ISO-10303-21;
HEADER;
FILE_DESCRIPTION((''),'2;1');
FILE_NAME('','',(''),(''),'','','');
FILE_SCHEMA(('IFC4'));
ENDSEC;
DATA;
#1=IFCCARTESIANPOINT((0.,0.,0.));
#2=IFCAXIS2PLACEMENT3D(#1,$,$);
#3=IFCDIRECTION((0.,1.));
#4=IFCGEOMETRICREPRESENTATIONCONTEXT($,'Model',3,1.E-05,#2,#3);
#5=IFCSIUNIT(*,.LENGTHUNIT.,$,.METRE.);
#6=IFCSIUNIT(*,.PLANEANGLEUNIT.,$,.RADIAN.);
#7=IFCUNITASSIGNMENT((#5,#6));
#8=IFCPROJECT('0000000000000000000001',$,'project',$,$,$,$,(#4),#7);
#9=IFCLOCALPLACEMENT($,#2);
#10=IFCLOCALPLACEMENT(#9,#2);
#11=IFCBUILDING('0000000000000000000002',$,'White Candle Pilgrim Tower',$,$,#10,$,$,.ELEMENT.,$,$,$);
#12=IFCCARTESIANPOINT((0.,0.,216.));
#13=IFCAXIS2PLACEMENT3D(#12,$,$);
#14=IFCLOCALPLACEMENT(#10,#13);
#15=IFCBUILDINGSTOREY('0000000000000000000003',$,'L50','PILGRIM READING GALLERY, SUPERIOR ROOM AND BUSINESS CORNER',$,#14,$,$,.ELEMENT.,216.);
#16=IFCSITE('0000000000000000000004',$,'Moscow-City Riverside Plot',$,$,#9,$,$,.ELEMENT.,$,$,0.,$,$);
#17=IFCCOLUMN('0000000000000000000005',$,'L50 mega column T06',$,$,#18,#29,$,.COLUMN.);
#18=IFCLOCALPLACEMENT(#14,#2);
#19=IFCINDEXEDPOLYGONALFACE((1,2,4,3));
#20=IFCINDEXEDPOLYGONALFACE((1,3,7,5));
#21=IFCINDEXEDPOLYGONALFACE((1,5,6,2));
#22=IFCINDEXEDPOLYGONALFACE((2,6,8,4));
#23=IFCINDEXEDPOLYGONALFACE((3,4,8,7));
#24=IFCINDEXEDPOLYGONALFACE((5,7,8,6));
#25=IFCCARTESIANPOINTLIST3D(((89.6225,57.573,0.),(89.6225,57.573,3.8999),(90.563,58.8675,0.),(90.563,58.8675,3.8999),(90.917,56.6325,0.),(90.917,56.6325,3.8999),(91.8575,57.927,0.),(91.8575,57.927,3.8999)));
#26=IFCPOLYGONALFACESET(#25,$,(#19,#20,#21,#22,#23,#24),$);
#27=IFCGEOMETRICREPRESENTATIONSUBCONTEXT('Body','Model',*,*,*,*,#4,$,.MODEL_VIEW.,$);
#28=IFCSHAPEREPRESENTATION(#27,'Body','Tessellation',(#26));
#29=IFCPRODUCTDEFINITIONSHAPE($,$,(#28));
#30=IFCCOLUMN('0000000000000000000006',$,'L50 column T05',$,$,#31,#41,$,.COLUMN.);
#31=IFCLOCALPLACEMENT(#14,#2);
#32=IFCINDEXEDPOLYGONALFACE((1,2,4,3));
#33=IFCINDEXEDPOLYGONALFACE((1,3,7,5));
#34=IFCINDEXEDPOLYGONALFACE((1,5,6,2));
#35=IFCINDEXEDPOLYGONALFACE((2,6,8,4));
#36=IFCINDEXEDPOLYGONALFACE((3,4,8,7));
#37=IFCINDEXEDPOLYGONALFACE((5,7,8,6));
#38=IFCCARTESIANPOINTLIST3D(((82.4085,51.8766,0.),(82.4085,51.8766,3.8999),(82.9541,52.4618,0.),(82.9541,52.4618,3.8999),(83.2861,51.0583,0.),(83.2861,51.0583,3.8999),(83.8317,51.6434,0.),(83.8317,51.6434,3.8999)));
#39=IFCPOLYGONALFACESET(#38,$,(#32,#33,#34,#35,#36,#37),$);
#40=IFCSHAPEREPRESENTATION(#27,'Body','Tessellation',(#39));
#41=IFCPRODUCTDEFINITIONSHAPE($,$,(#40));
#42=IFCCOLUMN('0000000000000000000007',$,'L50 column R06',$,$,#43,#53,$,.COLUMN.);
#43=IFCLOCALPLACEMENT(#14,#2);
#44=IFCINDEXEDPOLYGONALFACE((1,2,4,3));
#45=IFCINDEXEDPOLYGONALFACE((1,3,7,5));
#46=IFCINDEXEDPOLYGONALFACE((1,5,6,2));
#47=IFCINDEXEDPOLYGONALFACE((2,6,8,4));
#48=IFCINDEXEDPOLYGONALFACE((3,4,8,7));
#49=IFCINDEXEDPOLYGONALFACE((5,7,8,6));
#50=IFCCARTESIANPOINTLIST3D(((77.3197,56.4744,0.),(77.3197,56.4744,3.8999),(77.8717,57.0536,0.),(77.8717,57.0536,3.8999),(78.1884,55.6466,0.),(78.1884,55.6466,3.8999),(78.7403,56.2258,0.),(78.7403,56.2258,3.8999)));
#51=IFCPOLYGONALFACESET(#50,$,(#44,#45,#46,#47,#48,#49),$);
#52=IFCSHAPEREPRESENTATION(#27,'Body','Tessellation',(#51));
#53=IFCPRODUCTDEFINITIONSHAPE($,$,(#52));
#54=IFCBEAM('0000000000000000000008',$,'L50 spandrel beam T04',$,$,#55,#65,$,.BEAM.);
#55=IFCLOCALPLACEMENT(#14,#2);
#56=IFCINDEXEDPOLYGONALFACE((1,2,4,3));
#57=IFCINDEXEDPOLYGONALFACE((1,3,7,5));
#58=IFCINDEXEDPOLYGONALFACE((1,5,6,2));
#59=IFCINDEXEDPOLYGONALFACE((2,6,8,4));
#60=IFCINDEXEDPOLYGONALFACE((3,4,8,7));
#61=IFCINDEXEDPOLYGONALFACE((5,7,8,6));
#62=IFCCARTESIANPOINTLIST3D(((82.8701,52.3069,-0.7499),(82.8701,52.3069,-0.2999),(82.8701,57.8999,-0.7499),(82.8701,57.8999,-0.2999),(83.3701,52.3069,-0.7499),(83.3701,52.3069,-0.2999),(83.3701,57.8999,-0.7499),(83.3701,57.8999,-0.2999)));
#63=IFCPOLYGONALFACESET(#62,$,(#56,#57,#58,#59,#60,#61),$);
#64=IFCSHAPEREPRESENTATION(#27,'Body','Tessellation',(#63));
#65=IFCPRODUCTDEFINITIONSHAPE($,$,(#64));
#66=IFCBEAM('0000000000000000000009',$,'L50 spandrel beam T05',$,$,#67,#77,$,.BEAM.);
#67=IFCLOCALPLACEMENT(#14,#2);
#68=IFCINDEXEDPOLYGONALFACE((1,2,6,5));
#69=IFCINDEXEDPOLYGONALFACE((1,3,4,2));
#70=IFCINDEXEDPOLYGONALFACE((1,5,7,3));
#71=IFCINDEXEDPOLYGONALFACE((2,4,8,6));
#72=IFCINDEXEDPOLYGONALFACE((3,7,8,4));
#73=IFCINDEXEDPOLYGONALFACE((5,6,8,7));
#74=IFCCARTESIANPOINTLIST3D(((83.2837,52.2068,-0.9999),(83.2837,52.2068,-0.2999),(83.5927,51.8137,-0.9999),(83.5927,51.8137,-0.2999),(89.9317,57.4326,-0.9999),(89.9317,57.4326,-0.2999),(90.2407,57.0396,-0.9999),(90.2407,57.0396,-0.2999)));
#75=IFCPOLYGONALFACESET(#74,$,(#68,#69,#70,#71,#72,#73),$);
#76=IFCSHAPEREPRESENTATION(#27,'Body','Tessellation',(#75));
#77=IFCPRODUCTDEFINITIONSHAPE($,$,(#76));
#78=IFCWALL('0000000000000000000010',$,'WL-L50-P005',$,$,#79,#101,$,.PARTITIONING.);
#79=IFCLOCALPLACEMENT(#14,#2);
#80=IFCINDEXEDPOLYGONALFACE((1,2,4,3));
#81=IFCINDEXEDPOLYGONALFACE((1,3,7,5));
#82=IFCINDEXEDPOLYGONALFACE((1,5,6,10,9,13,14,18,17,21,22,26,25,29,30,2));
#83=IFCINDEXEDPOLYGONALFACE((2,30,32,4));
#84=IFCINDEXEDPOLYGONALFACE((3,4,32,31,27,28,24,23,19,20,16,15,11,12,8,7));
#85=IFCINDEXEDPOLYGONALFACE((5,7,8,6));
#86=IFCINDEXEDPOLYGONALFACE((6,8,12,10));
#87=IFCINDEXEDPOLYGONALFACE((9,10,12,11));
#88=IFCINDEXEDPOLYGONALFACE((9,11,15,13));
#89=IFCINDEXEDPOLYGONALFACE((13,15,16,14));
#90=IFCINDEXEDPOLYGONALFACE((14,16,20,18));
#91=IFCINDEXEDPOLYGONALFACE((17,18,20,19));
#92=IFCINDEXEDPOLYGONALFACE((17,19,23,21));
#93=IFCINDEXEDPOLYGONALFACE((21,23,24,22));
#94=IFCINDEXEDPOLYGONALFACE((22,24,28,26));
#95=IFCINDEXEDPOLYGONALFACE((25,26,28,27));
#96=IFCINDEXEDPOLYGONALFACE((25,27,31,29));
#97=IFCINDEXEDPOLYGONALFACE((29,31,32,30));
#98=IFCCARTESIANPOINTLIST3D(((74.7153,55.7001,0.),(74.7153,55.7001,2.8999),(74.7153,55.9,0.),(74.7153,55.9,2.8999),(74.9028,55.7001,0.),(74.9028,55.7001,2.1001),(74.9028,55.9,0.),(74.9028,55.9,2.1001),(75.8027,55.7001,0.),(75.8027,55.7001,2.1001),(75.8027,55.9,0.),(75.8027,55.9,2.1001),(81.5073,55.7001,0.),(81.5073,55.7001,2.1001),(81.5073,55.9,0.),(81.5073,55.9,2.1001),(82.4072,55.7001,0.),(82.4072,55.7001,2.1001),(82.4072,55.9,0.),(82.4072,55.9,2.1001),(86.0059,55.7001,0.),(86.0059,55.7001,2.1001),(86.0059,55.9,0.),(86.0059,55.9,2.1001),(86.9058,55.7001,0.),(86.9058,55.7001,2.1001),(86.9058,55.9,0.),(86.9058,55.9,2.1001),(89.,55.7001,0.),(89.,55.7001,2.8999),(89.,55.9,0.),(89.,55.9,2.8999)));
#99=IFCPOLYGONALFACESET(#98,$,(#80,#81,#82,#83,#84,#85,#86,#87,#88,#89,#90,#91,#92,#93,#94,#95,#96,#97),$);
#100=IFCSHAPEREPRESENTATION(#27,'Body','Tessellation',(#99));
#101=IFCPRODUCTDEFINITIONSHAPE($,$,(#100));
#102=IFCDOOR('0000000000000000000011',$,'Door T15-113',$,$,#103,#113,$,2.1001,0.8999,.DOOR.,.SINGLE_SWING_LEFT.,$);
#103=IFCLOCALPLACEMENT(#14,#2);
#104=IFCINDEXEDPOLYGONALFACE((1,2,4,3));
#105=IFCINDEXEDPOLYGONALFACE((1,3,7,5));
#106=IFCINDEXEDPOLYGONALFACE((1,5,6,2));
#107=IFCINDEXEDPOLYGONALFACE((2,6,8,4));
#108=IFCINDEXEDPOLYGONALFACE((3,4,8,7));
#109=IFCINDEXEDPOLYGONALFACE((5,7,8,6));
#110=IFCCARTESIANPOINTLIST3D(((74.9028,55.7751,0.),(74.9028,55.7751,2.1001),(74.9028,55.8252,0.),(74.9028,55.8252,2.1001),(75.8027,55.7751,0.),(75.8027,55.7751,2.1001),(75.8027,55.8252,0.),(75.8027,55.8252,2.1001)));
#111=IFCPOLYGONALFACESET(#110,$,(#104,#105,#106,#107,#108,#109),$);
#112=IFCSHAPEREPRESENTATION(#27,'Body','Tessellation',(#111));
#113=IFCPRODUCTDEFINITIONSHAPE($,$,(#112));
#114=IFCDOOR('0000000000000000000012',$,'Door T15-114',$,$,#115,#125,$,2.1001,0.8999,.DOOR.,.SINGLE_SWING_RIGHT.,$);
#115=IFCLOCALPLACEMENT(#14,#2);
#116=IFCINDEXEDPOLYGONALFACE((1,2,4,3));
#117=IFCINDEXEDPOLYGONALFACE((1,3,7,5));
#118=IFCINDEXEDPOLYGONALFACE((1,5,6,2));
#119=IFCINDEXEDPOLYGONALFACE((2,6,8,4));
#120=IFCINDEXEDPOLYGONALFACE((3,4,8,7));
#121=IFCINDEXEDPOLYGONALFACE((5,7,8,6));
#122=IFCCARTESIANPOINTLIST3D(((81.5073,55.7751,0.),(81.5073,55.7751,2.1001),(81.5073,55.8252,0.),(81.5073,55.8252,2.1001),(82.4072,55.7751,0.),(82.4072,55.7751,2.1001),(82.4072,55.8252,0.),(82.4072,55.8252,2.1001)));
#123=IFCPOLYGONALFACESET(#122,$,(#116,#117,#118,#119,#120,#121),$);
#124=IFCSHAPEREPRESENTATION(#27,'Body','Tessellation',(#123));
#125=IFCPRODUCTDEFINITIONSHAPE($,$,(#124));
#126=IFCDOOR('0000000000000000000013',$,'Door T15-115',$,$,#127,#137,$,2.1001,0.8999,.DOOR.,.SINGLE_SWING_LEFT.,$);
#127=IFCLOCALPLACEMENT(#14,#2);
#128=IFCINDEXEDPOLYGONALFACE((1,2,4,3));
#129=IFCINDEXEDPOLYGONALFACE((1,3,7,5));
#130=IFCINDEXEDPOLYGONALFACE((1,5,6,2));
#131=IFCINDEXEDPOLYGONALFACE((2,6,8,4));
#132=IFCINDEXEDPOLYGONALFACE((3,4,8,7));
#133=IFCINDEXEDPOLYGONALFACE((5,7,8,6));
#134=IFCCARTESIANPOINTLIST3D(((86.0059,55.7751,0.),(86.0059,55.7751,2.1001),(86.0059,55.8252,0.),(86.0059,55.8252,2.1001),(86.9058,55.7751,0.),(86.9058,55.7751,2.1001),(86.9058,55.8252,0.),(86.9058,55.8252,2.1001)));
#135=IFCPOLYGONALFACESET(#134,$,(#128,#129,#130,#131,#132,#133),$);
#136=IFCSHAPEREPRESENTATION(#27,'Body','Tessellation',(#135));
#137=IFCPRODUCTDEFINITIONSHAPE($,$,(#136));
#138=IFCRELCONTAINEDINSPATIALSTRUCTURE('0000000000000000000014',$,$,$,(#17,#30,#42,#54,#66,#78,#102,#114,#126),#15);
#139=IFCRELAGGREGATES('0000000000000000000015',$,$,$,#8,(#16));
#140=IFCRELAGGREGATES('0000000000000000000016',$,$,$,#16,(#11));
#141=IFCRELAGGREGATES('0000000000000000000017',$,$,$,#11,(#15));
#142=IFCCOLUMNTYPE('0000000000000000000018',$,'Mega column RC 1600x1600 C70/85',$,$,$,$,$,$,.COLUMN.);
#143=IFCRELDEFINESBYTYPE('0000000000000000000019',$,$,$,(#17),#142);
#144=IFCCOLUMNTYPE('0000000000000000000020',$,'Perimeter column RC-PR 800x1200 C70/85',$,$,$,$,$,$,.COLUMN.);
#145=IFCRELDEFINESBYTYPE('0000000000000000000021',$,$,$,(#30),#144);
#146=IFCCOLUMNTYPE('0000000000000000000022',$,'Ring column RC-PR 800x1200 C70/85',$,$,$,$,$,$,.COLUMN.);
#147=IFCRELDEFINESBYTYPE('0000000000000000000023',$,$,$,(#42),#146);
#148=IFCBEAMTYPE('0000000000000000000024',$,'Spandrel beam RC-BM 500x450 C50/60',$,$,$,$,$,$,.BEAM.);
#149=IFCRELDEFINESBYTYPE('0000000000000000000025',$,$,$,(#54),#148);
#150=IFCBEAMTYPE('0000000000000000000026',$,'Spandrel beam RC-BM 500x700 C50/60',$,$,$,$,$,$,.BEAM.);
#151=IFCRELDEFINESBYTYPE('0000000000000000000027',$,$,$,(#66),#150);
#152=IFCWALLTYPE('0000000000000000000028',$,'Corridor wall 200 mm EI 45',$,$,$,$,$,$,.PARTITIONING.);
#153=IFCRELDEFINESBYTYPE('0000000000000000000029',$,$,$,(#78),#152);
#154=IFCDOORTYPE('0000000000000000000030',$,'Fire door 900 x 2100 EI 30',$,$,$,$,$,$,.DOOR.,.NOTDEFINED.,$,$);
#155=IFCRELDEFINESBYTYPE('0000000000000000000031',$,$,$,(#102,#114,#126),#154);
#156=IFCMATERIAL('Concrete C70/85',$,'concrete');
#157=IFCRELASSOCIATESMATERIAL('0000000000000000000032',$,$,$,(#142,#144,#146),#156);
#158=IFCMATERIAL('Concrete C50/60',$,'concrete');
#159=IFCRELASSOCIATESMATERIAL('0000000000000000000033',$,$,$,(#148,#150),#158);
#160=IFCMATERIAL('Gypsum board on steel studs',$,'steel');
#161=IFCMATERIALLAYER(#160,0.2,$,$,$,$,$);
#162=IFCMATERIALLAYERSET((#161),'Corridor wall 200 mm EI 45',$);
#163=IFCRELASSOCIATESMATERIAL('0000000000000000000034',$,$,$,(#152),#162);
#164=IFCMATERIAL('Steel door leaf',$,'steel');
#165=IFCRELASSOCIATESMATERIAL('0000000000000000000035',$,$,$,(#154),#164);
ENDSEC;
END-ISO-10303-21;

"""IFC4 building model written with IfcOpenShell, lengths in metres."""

from ifc_helpers import new_model, si_unit, direction, frame, frame_2d, origin, origin_2d, place, context, subcontext, project, spatial, rectangle, extrude, material, layer, layer_set, material_profile, profile_set, type_object, element, fill, save


model = new_model("IFC4")

# Units and contexts
model_context = context("Model", 3, precision=1e-05, world=origin(), true_north=direction((0.0, 1.0)))
body_context = subcontext(model_context, "Body", "Model", "MODEL_VIEW")
ifc_project = project(units=[si_unit("LENGTHUNIT", "METRE"), si_unit("PLANEANGLEUNIT", "RADIAN")], contexts=[model_context])

# Site, building, storey
site_placement = place(None, origin())
site = spatial("IfcSite", under=ifc_project, at=site_placement, Name="Moscow-City Riverside Plot", CompositionType="ELEMENT", RefElevation=0.0)
building_placement = place(site_placement, origin())
building = spatial("IfcBuilding", under=site, at=building_placement, Name="White Candle Pilgrim Tower", CompositionType="ELEMENT")
storey_placement = place(building_placement, frame((0.0, 0.0, 216.0)))
storey = spatial("IfcBuildingStorey", under=building, at=storey_placement, Name="L50", Description="PILGRIM READING GALLERY, SUPERIOR ROOM AND BUSINESS CORNER", CompositionType="ELEMENT", Elevation=216.0)

# Columns
ifc_material_1 = material(Name="Concrete C70/85", Category="concrete")
ifc_material_profile_1 = material_profile(ifc_material_1, rectangle(XDim=1.6001, YDim=1.6001, at=origin_2d()), Name="RC 1600x1600")
ifc_profile_set_1 = profile_set([ifc_material_profile_1], Name="Concrete C70/85")
column_type_1 = type_object("IfcColumnType", Name="Mega column RC 1600x1600 C70/85", PredefinedType="COLUMN", material=ifc_profile_set_1)
column_1_placement = place(storey_placement, frame((90.74, 57.75, 0.0), z_axis=(0.0, 0.0, 1.0), x_axis=(0.809017, -0.587785, 0.0)))
element("IfcColumn", 1, at=column_1_placement, inside=storey, type_object=column_type_1, Name="L50 mega column T06", PredefinedType="COLUMN", context=body_context, shape_type="SweptSolid", body=[
    extrude(rectangle(XDim=1.6001, YDim=1.6001, at=origin_2d()), origin(), (0.0, 0.0, 1.0), 3.8999),
])
ifc_material_profile_2 = material_profile(ifc_material_1, rectangle(XDim=0.8, YDim=1.2, at=origin_2d()), Name="RC-PR 800x1200")
ifc_profile_set_2 = profile_set([ifc_material_profile_2], Name="Concrete C70/85")
column_type_2 = type_object("IfcColumnType", Name="Perimeter column RC-PR 800x1200 C70/85", PredefinedType="COLUMN", material=ifc_profile_set_2)
column_2_placement = place(storey_placement, frame((83.1201, 51.76, 0.0), z_axis=(0.0, 0.0, 1.0), x_axis=(-0.681998, -0.731354, 0.0)))
element("IfcColumn", 2, at=column_2_placement, inside=storey, type_object=column_type_2, Name="L50 column T05", PredefinedType="COLUMN", context=body_context, shape_type="SweptSolid", body=[
    extrude(rectangle(XDim=0.8, YDim=1.2, at=origin_2d()), origin(), (0.0, 0.0, 1.0), 3.8999),
])
ifc_material_profile_3 = material_profile(ifc_material_1, rectangle(XDim=0.8, YDim=1.2, at=origin_2d()), Name="RC-PR 800x1200")
ifc_profile_set_3 = profile_set([ifc_material_profile_3], Name="Concrete C70/85")
column_type_3 = type_object("IfcColumnType", Name="Ring column RC-PR 800x1200 C70/85", PredefinedType="COLUMN", material=ifc_profile_set_3)
column_3_placement = place(storey_placement, frame((78.03, 56.3501, 0.0), z_axis=(0.0, 0.0, 1.0), x_axis=(-0.689872, -0.723931, 0.0)))
element("IfcColumn", 3, at=column_3_placement, inside=storey, type_object=column_type_3, Name="L50 column R06", PredefinedType="COLUMN", context=body_context, shape_type="SweptSolid", body=[
    extrude(rectangle(XDim=0.8, YDim=1.2, at=origin_2d()), origin(), (0.0, 0.0, 1.0), 3.8999),
])

# Beams
ifc_material_2 = material(Name="Concrete C50/60", Category="concrete")
ifc_material_profile_4 = material_profile(ifc_material_2, rectangle(XDim=0.5, YDim=0.45, at=origin_2d()), Name="RC-BM 500x450")
ifc_profile_set_4 = profile_set([ifc_material_profile_4], Name="Concrete C50/60")
beam_type_1 = type_object("IfcBeamType", Name="Spandrel beam RC-BM 500x450 C50/60", PredefinedType="BEAM", material=ifc_profile_set_4)
beam_1_placement = place(storey_placement, frame((83.1201, 52.3069, -0.5249), z_axis=(0.0, 1.0, 0.0), x_axis=(-1.0, 0.0, 0.0)))
element("IfcBeam", 4, at=beam_1_placement, inside=storey, type_object=beam_type_1, Name="L50 spandrel beam T04", PredefinedType="BEAM", context=body_context, shape_type="SweptSolid", body=[
    extrude(rectangle(XDim=0.5, YDim=0.45, at=origin_2d()), origin(), (0.0, 0.0, 1.0), 5.593),
])
ifc_material_profile_5 = material_profile(ifc_material_2, rectangle(XDim=0.5, YDim=0.7, at=origin_2d()), Name="RC-BM 500x700")
ifc_profile_set_5 = profile_set([ifc_material_profile_5], Name="Concrete C50/60")
beam_type_2 = type_object("IfcBeamType", Name="Spandrel beam RC-BM 500x700 C50/60", PredefinedType="BEAM", material=ifc_profile_set_5)
beam_2_placement = place(storey_placement, frame((83.4382, 52.0103, -0.6499), z_axis=(0.786178, 0.618, 0.0), x_axis=(-0.618, 0.786178, 0.0)))
element("IfcBeam", 5, at=beam_2_placement, inside=storey, type_object=beam_type_2, Name="L50 spandrel beam T05", PredefinedType="BEAM", context=body_context, shape_type="SweptSolid", body=[
    extrude(rectangle(XDim=0.5, YDim=0.7, at=origin_2d()), origin(), (0.0, 0.0, 1.0), 8.4561),
])

# Wall, openings, doors
ifc_material_3 = material(Name="Gypsum board on steel studs", Category="steel")
ifc_layer_1 = layer(ifc_material_3, 0.2)
ifc_layer_set_1 = layer_set([ifc_layer_1], Name="Corridor wall 200 mm EI 45")
wall_type_1 = type_object("IfcWallType", Name="Corridor wall 200 mm EI 45", PredefinedType="PARTITIONING", material=ifc_layer_set_1)
wall_1_placement = place(storey_placement, frame((89.0, 55.8, 0.0), z_axis=(0.0, 0.0, 1.0), x_axis=(-1.0, 0.0, 0.0)))
wall_1 = element("IfcWall", 6, at=wall_1_placement, inside=storey, type_object=wall_type_1, Name="WL-L50-P005", PredefinedType="PARTITIONING", context=body_context, shape_type="SweptSolid", body=[
    extrude(rectangle(XDim=14.2847, YDim=0.2, at=frame_2d((7.1423, 0.0))), origin(), (0.0, 0.0, 1.0), 2.8999),
])
opening_1_placement = place(wall_1_placement, frame((13.1973, 0.0, 0.0)))
opening_1 = element("IfcOpeningElement", 7, at=opening_1_placement, cuts=wall_1, PredefinedType="OPENING", context=body_context, shape_type="SweptSolid", body=[
    extrude(rectangle(XDim=0.8999, YDim=2.1001, at=frame_2d((0.45, 1.05))), frame((0.0, 0.1099, 0.0), z_axis=(0.0, -1.0, 0.0), x_axis=(1.0, 0.0, 0.0)), (0.0, 0.0, 1.0), 0.22),
])
opening_2_placement = place(wall_1_placement, frame((6.5928, 0.0, 0.0)))
opening_2 = element("IfcOpeningElement", 8, at=opening_2_placement, cuts=wall_1, PredefinedType="OPENING", context=body_context, shape_type="SweptSolid", body=[
    extrude(rectangle(XDim=0.8999, YDim=2.1001, at=frame_2d((0.45, 1.05))), frame((0.0, 0.1099, 0.0), z_axis=(0.0, -1.0, 0.0), x_axis=(1.0, 0.0, 0.0)), (0.0, 0.0, 1.0), 0.22),
])
opening_3_placement = place(wall_1_placement, frame((2.0942, 0.0, 0.0)))
opening_3 = element("IfcOpeningElement", 9, at=opening_3_placement, cuts=wall_1, PredefinedType="OPENING", context=body_context, shape_type="SweptSolid", body=[
    extrude(rectangle(XDim=0.8999, YDim=2.1001, at=frame_2d((0.45, 1.05))), frame((0.0, 0.1099, 0.0), z_axis=(0.0, -1.0, 0.0), x_axis=(1.0, 0.0, 0.0)), (0.0, 0.0, 1.0), 0.22),
])
ifc_material_4 = material(Name="Steel door leaf", Category="steel")
door_type_1 = type_object("IfcDoorType", Name="Fire door 900 x 2100 EI 30", OperationType="NOTDEFINED", PredefinedType="DOOR", material=ifc_material_4)
door_1_placement = place(opening_1_placement, origin())
door_1 = element("IfcDoor", 10, at=door_1_placement, inside=storey, type_object=door_type_1, Name="Door T15-113", OperationType="SINGLE_SWING_LEFT", OverallHeight=2.1001, OverallWidth=0.8999, PredefinedType="DOOR", context=body_context, shape_type="SweptSolid", body=[
    extrude(rectangle(XDim=0.8999, YDim=2.1001, at=frame_2d((0.45, 1.05))), frame((0.0, 0.0249, 0.0), z_axis=(0.0, -1.0, 0.0), x_axis=(1.0, 0.0, 0.0)), (0.0, 0.0, 1.0), 0.05),
])
fill(opening_1, door_1)
door_2_placement = place(opening_2_placement, origin())
door_2 = element("IfcDoor", 11, at=door_2_placement, inside=storey, type_object=door_type_1, Name="Door T15-114", OperationType="SINGLE_SWING_RIGHT", OverallHeight=2.1001, OverallWidth=0.8999, PredefinedType="DOOR", context=body_context, shape_type="SweptSolid", body=[
    extrude(rectangle(XDim=0.8999, YDim=2.1001, at=frame_2d((0.45, 1.05))), frame((0.0, 0.0249, 0.0), z_axis=(0.0, -1.0, 0.0), x_axis=(1.0, 0.0, 0.0)), (0.0, 0.0, 1.0), 0.05),
])
fill(opening_2, door_2)
door_3_placement = place(opening_3_placement, origin())
door_3 = element("IfcDoor", 12, at=door_3_placement, inside=storey, type_object=door_type_1, Name="Door T15-115", OperationType="SINGLE_SWING_LEFT", OverallHeight=2.1001, OverallWidth=0.8999, PredefinedType="DOOR", context=body_context, shape_type="SweptSolid", body=[
    extrude(rectangle(XDim=0.8999, YDim=2.1001, at=frame_2d((0.45, 1.05))), frame((0.0, 0.0249, 0.0), z_axis=(0.0, -1.0, 0.0), x_axis=(1.0, 0.0, 0.0)), (0.0, 0.0, 1.0), 0.05),
])
fill(opening_3, door_3)

save(model, "model.ifc")
